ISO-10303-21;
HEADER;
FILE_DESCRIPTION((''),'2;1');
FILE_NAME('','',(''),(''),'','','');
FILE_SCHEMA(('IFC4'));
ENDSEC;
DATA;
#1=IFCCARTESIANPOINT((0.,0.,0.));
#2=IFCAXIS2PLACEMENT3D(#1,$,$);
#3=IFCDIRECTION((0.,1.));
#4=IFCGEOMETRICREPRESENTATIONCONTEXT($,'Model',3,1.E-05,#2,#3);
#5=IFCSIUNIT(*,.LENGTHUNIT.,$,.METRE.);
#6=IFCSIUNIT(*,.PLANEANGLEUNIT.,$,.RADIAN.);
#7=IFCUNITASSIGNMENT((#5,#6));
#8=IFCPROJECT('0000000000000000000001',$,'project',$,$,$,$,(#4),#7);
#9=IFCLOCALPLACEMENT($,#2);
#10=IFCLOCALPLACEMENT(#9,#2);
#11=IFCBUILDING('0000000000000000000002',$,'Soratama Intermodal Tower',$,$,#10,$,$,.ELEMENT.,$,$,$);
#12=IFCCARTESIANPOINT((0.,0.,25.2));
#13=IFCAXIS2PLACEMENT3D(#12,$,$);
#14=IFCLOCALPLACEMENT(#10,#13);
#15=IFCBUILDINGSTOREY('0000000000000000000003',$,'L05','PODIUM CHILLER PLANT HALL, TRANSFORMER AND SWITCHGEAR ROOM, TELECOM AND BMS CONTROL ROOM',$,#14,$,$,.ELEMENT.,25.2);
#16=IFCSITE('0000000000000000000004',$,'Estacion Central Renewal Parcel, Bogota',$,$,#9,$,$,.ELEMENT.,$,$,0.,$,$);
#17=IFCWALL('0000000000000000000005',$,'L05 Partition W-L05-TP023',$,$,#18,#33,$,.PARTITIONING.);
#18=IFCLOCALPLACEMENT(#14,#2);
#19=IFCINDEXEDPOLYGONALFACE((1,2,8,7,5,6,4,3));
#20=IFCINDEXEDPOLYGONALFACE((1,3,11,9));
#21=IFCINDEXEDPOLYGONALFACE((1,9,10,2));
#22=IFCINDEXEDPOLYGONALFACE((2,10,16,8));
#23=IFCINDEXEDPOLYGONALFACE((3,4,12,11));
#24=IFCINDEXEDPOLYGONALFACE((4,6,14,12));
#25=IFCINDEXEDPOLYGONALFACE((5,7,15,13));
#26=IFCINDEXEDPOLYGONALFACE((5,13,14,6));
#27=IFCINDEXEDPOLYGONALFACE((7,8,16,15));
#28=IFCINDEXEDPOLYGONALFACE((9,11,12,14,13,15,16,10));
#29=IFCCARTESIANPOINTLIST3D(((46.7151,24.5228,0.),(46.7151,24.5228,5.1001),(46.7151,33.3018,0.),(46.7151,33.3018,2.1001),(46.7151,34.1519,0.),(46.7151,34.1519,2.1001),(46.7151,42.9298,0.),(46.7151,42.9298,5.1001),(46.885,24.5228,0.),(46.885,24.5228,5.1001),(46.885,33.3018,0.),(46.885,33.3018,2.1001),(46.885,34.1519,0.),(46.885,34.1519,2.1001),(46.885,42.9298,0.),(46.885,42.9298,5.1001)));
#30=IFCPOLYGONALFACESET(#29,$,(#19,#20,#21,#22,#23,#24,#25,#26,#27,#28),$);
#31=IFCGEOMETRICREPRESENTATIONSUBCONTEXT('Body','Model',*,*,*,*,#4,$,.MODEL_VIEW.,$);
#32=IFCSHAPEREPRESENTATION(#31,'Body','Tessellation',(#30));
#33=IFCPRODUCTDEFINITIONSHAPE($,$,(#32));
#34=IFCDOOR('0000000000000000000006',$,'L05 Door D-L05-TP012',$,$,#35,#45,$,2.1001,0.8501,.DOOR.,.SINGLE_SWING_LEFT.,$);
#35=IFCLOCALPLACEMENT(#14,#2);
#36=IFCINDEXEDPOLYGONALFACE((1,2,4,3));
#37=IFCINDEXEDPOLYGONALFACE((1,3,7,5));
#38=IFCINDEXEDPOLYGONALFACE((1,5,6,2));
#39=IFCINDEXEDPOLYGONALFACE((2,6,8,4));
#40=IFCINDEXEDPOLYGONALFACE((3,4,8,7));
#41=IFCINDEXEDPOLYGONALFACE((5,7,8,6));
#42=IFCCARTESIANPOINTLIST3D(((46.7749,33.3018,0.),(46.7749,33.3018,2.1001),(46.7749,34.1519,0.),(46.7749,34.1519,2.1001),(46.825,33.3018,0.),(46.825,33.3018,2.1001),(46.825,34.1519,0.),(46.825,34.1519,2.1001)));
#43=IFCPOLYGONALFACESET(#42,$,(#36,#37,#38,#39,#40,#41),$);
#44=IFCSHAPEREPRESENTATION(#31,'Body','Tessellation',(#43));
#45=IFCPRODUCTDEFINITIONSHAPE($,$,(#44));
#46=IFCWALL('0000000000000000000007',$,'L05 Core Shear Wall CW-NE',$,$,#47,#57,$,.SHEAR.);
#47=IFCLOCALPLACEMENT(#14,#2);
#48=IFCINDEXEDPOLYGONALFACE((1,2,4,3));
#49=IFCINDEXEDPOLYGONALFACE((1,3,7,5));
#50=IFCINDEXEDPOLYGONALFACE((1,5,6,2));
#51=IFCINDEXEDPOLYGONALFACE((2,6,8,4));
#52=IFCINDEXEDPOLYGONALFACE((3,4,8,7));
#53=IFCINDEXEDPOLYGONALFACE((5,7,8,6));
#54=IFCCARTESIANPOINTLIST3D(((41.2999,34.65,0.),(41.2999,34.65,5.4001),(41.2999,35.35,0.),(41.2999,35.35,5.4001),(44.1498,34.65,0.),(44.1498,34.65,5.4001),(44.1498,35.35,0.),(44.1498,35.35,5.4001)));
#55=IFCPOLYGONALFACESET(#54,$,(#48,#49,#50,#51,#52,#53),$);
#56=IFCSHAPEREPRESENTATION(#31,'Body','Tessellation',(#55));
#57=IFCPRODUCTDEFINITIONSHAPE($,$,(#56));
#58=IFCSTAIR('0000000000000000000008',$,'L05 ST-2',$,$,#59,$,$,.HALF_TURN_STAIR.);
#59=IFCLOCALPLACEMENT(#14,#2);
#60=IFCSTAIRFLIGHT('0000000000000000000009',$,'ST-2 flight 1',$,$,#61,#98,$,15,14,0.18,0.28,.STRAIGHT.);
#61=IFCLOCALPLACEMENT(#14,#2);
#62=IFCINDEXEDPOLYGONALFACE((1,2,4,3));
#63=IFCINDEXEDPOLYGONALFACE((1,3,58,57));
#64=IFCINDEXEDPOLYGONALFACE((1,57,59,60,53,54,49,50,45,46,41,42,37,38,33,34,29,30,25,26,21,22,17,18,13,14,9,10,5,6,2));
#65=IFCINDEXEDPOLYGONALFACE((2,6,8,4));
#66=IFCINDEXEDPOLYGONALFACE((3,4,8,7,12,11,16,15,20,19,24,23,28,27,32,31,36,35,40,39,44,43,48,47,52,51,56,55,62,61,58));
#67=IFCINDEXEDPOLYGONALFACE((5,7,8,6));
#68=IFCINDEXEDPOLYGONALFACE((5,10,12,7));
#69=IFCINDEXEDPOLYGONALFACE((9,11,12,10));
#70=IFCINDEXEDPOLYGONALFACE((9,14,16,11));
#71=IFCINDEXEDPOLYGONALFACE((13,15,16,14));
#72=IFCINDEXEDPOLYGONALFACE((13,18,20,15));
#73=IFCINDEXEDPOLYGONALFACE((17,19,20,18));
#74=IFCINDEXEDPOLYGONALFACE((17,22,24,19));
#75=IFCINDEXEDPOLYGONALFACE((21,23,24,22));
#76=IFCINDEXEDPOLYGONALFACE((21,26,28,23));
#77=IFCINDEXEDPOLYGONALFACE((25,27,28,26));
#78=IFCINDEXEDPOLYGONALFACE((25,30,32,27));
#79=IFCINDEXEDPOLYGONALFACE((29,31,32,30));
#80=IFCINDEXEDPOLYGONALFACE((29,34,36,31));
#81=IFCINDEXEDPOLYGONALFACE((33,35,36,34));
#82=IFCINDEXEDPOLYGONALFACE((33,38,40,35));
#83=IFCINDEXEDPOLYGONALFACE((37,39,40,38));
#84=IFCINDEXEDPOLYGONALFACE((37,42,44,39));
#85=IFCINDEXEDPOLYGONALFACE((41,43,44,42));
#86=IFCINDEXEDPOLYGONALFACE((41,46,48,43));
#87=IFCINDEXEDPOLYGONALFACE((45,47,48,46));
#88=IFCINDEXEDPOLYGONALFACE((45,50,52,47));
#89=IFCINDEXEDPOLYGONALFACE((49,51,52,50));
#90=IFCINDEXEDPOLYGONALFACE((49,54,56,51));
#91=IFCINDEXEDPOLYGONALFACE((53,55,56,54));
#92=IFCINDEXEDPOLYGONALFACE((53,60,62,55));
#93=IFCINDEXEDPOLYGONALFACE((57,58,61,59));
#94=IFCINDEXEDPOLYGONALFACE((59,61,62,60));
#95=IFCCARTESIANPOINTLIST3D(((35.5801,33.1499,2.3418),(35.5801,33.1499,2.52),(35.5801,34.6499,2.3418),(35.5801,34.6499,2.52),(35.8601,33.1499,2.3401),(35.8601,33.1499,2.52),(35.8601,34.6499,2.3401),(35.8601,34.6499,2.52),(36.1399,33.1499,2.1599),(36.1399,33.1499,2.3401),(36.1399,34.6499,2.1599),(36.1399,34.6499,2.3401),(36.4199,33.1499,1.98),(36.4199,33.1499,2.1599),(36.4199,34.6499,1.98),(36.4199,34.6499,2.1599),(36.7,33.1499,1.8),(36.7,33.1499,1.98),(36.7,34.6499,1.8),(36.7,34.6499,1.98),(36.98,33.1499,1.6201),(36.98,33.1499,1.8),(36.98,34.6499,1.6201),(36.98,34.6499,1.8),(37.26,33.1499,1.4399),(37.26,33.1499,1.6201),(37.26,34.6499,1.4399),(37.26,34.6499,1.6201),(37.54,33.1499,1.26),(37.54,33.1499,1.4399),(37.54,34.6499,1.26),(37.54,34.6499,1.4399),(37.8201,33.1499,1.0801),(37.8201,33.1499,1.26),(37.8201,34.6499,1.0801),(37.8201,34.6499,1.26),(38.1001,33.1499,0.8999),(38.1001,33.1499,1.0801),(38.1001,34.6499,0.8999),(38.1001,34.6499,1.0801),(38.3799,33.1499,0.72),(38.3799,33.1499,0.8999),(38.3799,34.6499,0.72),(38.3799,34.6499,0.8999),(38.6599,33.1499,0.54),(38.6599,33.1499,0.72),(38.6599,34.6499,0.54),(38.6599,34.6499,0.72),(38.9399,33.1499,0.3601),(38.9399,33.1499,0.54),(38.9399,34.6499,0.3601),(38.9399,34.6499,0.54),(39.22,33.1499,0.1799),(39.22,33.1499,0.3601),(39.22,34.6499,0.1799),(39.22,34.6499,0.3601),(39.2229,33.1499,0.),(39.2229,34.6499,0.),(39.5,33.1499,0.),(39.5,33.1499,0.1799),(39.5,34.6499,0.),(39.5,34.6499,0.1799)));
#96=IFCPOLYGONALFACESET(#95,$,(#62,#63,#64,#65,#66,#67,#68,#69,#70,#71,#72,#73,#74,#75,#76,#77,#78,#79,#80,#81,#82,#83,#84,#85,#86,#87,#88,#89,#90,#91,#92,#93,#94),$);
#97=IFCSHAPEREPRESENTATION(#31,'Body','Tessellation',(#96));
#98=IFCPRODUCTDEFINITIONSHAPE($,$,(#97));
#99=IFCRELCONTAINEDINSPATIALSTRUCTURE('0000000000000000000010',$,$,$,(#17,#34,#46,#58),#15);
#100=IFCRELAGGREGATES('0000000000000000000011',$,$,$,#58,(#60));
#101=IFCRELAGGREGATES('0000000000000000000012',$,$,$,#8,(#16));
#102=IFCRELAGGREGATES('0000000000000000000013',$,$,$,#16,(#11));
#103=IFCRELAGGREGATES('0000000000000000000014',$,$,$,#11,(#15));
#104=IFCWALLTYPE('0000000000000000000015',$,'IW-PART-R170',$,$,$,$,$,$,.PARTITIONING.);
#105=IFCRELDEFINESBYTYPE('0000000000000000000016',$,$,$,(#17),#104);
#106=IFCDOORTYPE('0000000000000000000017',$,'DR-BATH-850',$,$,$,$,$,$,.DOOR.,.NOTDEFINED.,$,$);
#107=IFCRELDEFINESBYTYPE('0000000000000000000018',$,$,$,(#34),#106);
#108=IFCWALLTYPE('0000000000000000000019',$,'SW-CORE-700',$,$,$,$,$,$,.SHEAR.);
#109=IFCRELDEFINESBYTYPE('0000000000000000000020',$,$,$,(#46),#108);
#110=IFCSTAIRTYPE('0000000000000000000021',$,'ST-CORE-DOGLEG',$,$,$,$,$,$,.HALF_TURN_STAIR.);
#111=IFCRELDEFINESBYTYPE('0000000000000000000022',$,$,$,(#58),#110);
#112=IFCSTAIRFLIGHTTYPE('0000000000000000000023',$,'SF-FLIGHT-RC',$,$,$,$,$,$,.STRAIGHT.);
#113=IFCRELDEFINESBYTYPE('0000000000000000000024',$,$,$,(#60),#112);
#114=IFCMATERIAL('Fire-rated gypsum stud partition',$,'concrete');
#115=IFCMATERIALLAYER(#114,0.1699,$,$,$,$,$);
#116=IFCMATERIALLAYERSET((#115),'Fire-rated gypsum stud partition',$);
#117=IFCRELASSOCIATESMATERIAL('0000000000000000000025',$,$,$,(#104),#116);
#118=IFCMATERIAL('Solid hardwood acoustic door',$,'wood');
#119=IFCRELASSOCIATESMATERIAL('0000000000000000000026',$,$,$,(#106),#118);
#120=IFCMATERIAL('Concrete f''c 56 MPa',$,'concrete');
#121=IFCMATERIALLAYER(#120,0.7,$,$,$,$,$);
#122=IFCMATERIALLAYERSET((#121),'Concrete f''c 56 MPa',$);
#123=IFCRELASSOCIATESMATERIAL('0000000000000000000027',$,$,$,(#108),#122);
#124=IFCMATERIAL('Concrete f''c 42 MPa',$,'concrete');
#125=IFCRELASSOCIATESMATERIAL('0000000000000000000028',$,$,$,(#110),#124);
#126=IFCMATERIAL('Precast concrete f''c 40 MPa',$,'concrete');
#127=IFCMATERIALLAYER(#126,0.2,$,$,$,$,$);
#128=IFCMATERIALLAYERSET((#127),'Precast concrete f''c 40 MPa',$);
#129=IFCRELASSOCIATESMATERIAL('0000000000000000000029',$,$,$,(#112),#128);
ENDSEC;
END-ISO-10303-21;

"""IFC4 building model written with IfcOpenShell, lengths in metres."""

from ifc_helpers import new_model, si_unit, direction, frame, frame_2d, origin, place, context, subcontext, project, spatial, polyline, rectangle, outline, extrude, material, layer, layer_set, type_object, element, fill, aggregate, save


model = new_model("IFC4")

# Units and contexts
model_context = context("Model", 3, precision=1e-05, world=origin(), true_north=direction((0.0, 1.0)))
body_context = subcontext(model_context, "Body", "Model", "MODEL_VIEW")
ifc_project = project(units=[si_unit("LENGTHUNIT", "METRE"), si_unit("PLANEANGLEUNIT", "RADIAN")], contexts=[model_context])

# Site, building, storey
site_placement = place(None, origin())
site = spatial("IfcSite", under=ifc_project, at=site_placement, Name="Estacion Central Renewal Parcel, Bogota", CompositionType="ELEMENT", RefElevation=0.0)
building_placement = place(site_placement, origin())
building = spatial("IfcBuilding", under=site, at=building_placement, Name="Soratama Intermodal Tower", CompositionType="ELEMENT")
storey_placement = place(building_placement, frame((0.0, 0.0, 25.2)))
storey = spatial("IfcBuildingStorey", under=building, at=storey_placement, Name="L05", Description="PODIUM CHILLER PLANT HALL, TRANSFORMER AND SWITCHGEAR ROOM, TELECOM AND BMS CONTROL ROOM", CompositionType="ELEMENT", Elevation=25.2)

# Shared definitions
ifc_material_1 = material(Name="Fire-rated gypsum stud partition", Category="concrete")
ifc_layer_1 = layer(ifc_material_1, 0.1699)
ifc_layer_set_1 = layer_set([ifc_layer_1], Name="Fire-rated gypsum stud partition")
wall_type_1 = type_object("IfcWallType", Name="IW-PART-R170", PredefinedType="PARTITIONING", material=ifc_layer_set_1)

# Wall, opening, door
wall_1_placement = place(storey_placement, frame((46.8, 42.9299, 0.0), z_axis=(0.0, 0.0, 1.0), x_axis=(0.0, -1.0, 0.0)))
wall_1 = element("IfcWall", 1, at=wall_1_placement, inside=storey, type_object=wall_type_1, Name="L05 Partition W-L05-TP023", PredefinedType="PARTITIONING", context=body_context, shape_type="SweptSolid", body=[
    extrude(rectangle(XDim=18.407, YDim=0.1699, at=frame_2d((9.2036, 0.0))), origin(), (0.0, 0.0, 1.0), 5.1001),
])
opening_1_placement = place(wall_1_placement, frame((8.7781, 0.0, 0.0)))
opening_1 = element("IfcOpeningElement", 2, at=opening_1_placement, cuts=wall_1, PredefinedType="OPENING", context=body_context, shape_type="SweptSolid", body=[
    extrude(rectangle(XDim=0.8501, YDim=2.1001, at=frame_2d((0.425, 1.05))), frame((0.0, 0.095, 0.0), z_axis=(0.0, -1.0, 0.0), x_axis=(1.0, 0.0, 0.0)), (0.0, 0.0, 1.0), 0.1899),
])
ifc_material_2 = material(Name="Solid hardwood acoustic door", Category="wood")
door_type_1 = type_object("IfcDoorType", Name="DR-BATH-850", OperationType="NOTDEFINED", PredefinedType="DOOR", material=ifc_material_2)
door_1_placement = place(opening_1_placement, origin())
door_1 = element("IfcDoor", 3, at=door_1_placement, inside=storey, type_object=door_type_1, Name="L05 Door D-L05-TP012", OperationType="SINGLE_SWING_LEFT", OverallHeight=2.1001, OverallWidth=0.8501, PredefinedType="DOOR", context=body_context, shape_type="SweptSolid", body=[
    extrude(rectangle(XDim=0.8501, YDim=2.1001, at=frame_2d((0.425, 1.05))), frame((0.0, 0.0249, 0.0), z_axis=(0.0, -1.0, 0.0), x_axis=(1.0, 0.0, 0.0)), (0.0, 0.0, 1.0), 0.05),
])
fill(opening_1, door_1)

# Wall
ifc_material_3 = material(Name="Concrete f'c 56 MPa", Category="concrete")
ifc_layer_2 = layer(ifc_material_3, 0.7)
ifc_layer_set_2 = layer_set([ifc_layer_2], Name="Concrete f'c 56 MPa")
wall_type_2 = type_object("IfcWallType", Name="SW-CORE-700", PredefinedType="SHEAR", material=ifc_layer_set_2)
wall_2_placement = place(storey_placement, frame((41.3, 35.0, 0.0), z_axis=(0.0, 0.0, 1.0), x_axis=(1.0, 0.0, 0.0)))
element("IfcWall", 4, at=wall_2_placement, inside=storey, type_object=wall_type_2, Name="L05 Core Shear Wall CW-NE", PredefinedType="SHEAR", context=body_context, shape_type="SweptSolid", body=[
    extrude(rectangle(XDim=2.8499, YDim=0.7, at=frame_2d((1.4248, 0.0))), origin(), (0.0, 0.0, 1.0), 5.4001),
])

# Stair, stair flight
ifc_material_4 = material(Name="Concrete f'c 42 MPa", Category="concrete")
stair_type = type_object("IfcStairType", Name="ST-CORE-DOGLEG", PredefinedType="HALF_TURN_STAIR", material=ifc_material_4)
stair_placement = place(storey_placement, origin())
stair = element("IfcStair", 5, at=stair_placement, inside=storey, type_object=stair_type, Name="L05 ST-2", PredefinedType="HALF_TURN_STAIR")
ifc_material_5 = material(Name="Precast concrete f'c 40 MPa", Category="concrete")
ifc_layer_3 = layer(ifc_material_5, 0.2)
ifc_layer_set_3 = layer_set([ifc_layer_3], Name="Precast concrete f'c 40 MPa")
stair_flight_type = type_object("IfcStairFlightType", Name="SF-FLIGHT-RC", PredefinedType="STRAIGHT", material=ifc_layer_set_3)
stair_flight_placement = place(storey_placement, frame((39.5, 33.8999, 0.0), z_axis=(0.0, 0.0, 1.0), x_axis=(-1.0, 0.0, 0.0)))
stair_flight = element("IfcStairFlight", 6, at=stair_flight_placement, type_object=stair_flight_type, Name="ST-2 flight 1", NumberOfRisers=15, NumberOfTreads=14, PredefinedType="STRAIGHT", RiserHeight=0.18, TreadLength=0.28, context=body_context, shape_type="SweptSolid", body=[
    extrude(outline(polyline([(0.0, 0.0), (0.0, 0.1799), (0.28, 0.1799), (0.28, 0.3601), (0.5601, 0.3601), (0.5601, 0.54), (0.8401, 0.54), (0.8401, 0.72), (1.1201, 0.72), (1.1201, 0.8999), (1.3999, 0.8999), (1.3999, 1.0801), (1.6799, 1.0801), (1.6799, 1.26), (1.96, 1.26), (1.96, 1.4399), (2.24, 1.4399), (2.24, 1.6201), (2.52, 1.6201), (2.52, 1.8), (2.8, 1.8), (2.8, 1.98), (3.0801, 1.98), (3.0801, 2.1599), (3.3601, 2.1599), (3.3601, 2.3401), (3.6399, 2.3401), (3.6399, 2.52), (3.9199, 2.52), (3.9199, 2.7), (3.9199, 2.3418), (0.2771, 0.0), (0.0, 0.0)])), frame((0.0, 0.75, 0.0), z_axis=(0.0, -1.0, 0.0), x_axis=(1.0, 0.0, 0.0)), (0.0, 0.0, 1.0), 1.5),
])
aggregate(stair, [stair_flight])

save(model, "model.ifc")
